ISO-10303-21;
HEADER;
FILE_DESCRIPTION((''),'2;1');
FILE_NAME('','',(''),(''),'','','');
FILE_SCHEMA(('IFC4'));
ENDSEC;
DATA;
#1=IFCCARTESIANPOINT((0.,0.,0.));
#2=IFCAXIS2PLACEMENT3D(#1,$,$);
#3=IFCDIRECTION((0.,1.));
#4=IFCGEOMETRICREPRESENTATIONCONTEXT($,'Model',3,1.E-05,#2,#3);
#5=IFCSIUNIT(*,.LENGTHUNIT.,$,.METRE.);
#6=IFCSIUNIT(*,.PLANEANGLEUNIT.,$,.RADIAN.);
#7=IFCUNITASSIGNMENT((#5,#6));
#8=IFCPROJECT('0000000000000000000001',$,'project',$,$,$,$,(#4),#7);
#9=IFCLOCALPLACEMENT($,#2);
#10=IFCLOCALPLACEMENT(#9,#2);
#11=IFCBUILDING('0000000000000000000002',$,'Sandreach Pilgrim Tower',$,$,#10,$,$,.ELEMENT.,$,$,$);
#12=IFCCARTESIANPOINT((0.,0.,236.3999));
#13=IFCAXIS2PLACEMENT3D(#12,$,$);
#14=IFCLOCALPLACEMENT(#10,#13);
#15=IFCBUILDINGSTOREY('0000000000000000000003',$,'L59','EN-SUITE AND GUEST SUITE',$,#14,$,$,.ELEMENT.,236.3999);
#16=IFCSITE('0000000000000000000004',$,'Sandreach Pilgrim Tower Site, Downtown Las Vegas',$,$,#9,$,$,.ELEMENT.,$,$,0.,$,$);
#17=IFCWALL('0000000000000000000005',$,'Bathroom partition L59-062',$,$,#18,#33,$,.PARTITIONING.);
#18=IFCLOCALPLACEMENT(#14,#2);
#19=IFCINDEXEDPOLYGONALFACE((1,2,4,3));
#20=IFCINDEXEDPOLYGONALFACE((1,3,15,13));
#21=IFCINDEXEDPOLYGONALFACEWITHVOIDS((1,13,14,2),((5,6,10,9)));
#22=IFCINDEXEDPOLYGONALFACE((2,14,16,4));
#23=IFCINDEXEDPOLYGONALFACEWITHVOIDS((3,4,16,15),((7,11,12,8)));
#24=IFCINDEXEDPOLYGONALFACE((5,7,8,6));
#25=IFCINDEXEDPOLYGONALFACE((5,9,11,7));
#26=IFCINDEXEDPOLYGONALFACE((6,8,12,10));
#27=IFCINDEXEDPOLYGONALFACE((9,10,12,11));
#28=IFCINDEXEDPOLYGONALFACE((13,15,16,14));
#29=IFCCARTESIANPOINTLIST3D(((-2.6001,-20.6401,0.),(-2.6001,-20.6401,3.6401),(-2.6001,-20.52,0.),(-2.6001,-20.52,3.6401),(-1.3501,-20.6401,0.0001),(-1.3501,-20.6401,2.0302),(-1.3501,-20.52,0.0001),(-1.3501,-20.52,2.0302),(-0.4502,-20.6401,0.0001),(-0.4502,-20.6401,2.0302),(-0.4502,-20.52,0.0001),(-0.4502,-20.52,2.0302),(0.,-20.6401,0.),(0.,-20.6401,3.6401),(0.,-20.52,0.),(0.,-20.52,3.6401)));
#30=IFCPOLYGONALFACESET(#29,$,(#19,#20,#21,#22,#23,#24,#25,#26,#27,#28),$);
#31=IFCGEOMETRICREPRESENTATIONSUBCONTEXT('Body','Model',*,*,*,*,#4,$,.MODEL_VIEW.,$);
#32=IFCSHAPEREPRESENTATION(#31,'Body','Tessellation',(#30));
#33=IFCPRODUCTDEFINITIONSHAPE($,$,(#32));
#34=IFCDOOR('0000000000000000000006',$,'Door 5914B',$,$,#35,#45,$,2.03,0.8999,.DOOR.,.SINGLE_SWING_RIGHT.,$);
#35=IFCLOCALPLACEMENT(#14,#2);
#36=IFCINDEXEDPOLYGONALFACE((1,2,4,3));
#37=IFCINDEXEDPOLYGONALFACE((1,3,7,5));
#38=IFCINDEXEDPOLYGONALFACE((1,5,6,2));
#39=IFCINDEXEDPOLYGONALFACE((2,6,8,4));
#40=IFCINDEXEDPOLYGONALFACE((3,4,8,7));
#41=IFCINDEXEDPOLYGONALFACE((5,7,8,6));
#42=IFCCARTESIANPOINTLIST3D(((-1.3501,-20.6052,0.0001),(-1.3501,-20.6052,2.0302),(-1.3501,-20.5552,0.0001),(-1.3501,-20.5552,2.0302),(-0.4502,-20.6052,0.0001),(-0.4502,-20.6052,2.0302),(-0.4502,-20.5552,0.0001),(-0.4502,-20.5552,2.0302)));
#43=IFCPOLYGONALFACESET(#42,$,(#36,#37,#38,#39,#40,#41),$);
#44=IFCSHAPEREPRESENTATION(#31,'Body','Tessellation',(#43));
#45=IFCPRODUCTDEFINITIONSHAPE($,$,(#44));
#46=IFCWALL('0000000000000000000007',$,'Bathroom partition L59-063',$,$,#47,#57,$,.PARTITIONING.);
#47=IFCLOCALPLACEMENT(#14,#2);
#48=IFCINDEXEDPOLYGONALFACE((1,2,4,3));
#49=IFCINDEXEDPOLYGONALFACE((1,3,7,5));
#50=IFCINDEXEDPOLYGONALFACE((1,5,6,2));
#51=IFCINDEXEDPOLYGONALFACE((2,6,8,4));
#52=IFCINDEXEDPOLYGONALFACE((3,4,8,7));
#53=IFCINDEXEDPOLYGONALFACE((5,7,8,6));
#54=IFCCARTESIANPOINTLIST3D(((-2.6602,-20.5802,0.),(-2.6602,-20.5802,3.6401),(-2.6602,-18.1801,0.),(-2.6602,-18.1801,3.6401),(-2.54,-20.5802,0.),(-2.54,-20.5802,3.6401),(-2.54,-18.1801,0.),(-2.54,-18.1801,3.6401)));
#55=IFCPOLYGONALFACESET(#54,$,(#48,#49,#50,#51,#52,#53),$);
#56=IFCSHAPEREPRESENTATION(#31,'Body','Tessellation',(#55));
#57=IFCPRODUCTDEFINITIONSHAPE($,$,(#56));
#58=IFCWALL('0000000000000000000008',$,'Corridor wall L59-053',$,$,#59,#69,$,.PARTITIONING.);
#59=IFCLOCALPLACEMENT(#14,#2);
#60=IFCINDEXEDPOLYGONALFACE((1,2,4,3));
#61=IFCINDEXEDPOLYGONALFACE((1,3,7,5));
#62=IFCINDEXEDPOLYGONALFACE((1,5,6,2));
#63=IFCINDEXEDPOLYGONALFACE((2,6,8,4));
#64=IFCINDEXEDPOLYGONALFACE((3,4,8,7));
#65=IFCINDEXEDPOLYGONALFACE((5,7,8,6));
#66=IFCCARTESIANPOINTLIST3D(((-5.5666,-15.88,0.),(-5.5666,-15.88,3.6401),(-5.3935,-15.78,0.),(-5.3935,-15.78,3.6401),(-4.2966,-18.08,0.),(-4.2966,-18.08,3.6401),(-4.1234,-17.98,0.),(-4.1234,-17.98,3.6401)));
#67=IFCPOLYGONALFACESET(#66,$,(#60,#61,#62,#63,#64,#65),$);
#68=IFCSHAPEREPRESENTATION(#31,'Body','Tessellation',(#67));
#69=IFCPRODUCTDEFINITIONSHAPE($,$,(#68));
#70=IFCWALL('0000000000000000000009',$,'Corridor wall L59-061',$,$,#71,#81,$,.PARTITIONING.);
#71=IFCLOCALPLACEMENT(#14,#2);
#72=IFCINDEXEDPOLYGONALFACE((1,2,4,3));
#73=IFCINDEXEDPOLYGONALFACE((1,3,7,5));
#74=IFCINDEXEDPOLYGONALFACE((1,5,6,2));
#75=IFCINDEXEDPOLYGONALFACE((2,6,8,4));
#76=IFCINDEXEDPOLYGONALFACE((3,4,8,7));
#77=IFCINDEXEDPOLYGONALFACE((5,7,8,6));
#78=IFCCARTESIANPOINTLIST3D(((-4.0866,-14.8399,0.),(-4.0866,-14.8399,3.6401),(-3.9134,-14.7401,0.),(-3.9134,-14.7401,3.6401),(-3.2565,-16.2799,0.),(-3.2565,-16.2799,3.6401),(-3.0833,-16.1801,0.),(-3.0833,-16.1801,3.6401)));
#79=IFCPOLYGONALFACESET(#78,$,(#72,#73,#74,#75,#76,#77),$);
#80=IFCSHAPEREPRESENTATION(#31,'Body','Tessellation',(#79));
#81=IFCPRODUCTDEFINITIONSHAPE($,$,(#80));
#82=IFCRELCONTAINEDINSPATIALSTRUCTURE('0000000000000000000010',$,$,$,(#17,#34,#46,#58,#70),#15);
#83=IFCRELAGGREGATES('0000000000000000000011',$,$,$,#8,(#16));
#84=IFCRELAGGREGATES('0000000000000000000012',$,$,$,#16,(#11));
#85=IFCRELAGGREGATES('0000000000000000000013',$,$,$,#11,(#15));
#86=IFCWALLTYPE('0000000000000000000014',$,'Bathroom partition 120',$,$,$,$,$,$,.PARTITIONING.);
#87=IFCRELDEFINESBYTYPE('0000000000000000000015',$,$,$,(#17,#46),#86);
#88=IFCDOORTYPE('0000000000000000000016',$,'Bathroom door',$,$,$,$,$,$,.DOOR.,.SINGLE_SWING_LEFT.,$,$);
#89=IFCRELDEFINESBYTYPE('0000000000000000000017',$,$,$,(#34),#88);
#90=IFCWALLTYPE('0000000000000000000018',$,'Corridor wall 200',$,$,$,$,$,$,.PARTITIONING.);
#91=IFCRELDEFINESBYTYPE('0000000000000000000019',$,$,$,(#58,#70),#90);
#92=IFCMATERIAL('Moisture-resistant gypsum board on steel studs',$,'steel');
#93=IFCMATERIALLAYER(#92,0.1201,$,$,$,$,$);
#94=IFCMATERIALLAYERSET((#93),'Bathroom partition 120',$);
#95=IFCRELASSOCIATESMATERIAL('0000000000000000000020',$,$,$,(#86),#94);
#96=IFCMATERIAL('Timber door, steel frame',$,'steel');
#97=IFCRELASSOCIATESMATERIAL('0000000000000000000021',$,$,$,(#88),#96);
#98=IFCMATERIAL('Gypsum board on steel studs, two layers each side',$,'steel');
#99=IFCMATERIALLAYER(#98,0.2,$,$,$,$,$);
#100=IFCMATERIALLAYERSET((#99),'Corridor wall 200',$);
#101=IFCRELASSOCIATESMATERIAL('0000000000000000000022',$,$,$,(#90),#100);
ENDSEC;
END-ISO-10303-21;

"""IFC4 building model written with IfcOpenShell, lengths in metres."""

from ifc_helpers import new_model, si_unit, direction, frame, frame_2d, origin, place, context, subcontext, project, spatial, rectangle, extrude, material, layer, layer_set, type_object, element, fill, save


model = new_model("IFC4")

# Units and contexts
model_context = context("Model", 3, precision=1e-05, world=origin(), true_north=direction((0.0, 1.0)))
body_context = subcontext(model_context, "Body", "Model", "MODEL_VIEW")
ifc_project = project(units=[si_unit("LENGTHUNIT", "METRE"), si_unit("PLANEANGLEUNIT", "RADIAN")], contexts=[model_context])

# Site, building, storey
site_placement = place(None, origin())
site = spatial("IfcSite", under=ifc_project, at=site_placement, Name="Sandreach Pilgrim Tower Site, Downtown Las Vegas", CompositionType="ELEMENT", RefElevation=0.0)
building_placement = place(site_placement, origin())
building = spatial("IfcBuilding", under=site, at=building_placement, Name="Sandreach Pilgrim Tower", CompositionType="ELEMENT")
storey_placement = place(building_placement, frame((0.0, 0.0, 236.3999)))
storey = spatial("IfcBuildingStorey", under=building, at=storey_placement, Name="L59", Description="EN-SUITE AND GUEST SUITE", CompositionType="ELEMENT", Elevation=236.3999)

# Shared definitions
ifc_material_1 = material(Name="Moisture-resistant gypsum board on steel studs", Category="steel")
ifc_layer_1 = layer(ifc_material_1, 0.1201)
ifc_layer_set_1 = layer_set([ifc_layer_1], Name="Bathroom partition 120")
wall_type_1 = type_object("IfcWallType", Name="Bathroom partition 120", PredefinedType="PARTITIONING", material=ifc_layer_set_1)
ifc_material_2 = material(Name="Timber door, steel frame", Category="steel")
door_type_1 = type_object("IfcDoorType", Name="Bathroom door", OperationType="SINGLE_SWING_LEFT", PredefinedType="DOOR", material=ifc_material_2)

# Wall, opening, door
wall_1_placement = place(storey_placement, frame((-2.6001, -20.5801, 0.0), z_axis=(0.0, 0.0, 1.0), x_axis=(1.0, 0.0, 0.0)))
wall_1 = element("IfcWall", 1, at=wall_1_placement, inside=storey, type_object=wall_type_1, Name="Bathroom partition L59-062", PredefinedType="PARTITIONING", context=body_context, shape_type="SweptSolid", body=[
    extrude(rectangle(XDim=2.6001, YDim=0.1201, at=frame_2d((1.3, 0.0))), origin(), (0.0, 0.0, 1.0), 3.6401),
])
opening_1_placement = place(wall_1_placement, frame((1.25, 0.0, 0.0)))
opening_1 = element("IfcOpeningElement", 2, at=opening_1_placement, cuts=wall_1, PredefinedType="OPENING", context=body_context, shape_type="SweptSolid", body=[
    extrude(rectangle(XDim=0.8999, YDim=2.03, at=frame_2d((0.45, 1.0151))), frame((0.0, 0.0601, 0.0), z_axis=(0.0, -1.0, 0.0), x_axis=(1.0, 0.0, 0.0)), (0.0, 0.0, 1.0), 0.1201),
])
door_1_placement = place(opening_1_placement, origin())
door_1 = element("IfcDoor", 3, at=door_1_placement, inside=storey, type_object=door_type_1, Name="Door 5914B", OperationType="SINGLE_SWING_RIGHT", OverallHeight=2.03, OverallWidth=0.8999, PredefinedType="DOOR", context=body_context, shape_type="SweptSolid", body=[
    extrude(rectangle(XDim=0.8999, YDim=2.03, at=frame_2d((0.45, 1.0151))), frame((0.0, 0.0249, 0.0), z_axis=(0.0, -1.0, 0.0), x_axis=(1.0, 0.0, 0.0)), (0.0, 0.0, 1.0), 0.05),
])
fill(opening_1, door_1)

# Wall
wall_2_placement = place(storey_placement, frame((-2.6001, -18.1799, 0.0), z_axis=(0.0, 0.0, 1.0), x_axis=(0.0, -1.0, 0.0)))
element("IfcWall", 4, at=wall_2_placement, inside=storey, type_object=wall_type_1, Name="Bathroom partition L59-063", PredefinedType="PARTITIONING", context=body_context, shape_type="SweptSolid", body=[
    extrude(rectangle(XDim=2.4001, YDim=0.1201, at=frame_2d((1.2002, 0.0))), origin(), (0.0, 0.0, 1.0), 3.6401),
])

# Shared definitions
ifc_material_3 = material(Name="Gypsum board on steel studs, two layers each side", Category="steel")
ifc_layer_2 = layer(ifc_material_3, 0.2)
ifc_layer_set_2 = layer_set([ifc_layer_2], Name="Corridor wall 200")
wall_type_2 = type_object("IfcWallType", Name="Corridor wall 200", PredefinedType="PARTITIONING", material=ifc_layer_set_2)

# Wall
wall_3_placement = place(storey_placement, frame((-5.48, -15.8301, 0.0), z_axis=(0.0, 0.0, 1.0), x_axis=(0.499964, -0.866046, 0.0)))
element("IfcWall", 5, at=wall_3_placement, inside=storey, type_object=wall_type_2, Name="Corridor wall L59-053", PredefinedType="PARTITIONING", context=body_context, shape_type="SweptSolid", body=[
    extrude(rectangle(XDim=2.5403, YDim=0.2, at=frame_2d((1.27, 0.0))), origin(), (0.0, 0.0, 1.0), 3.6401),
])

# Wall
wall_4_placement = place(storey_placement, frame((-3.1699, -16.23, 0.0), z_axis=(0.0, 0.0, 1.0), x_axis=(-0.499426, 0.866357, 0.0)))
element("IfcWall", 6, at=wall_4_placement, inside=storey, type_object=wall_type_2, Name="Corridor wall L59-061", PredefinedType="PARTITIONING", context=body_context, shape_type="SweptSolid", body=[
    extrude(rectangle(XDim=1.6621, YDim=0.2, at=frame_2d((0.8311, 0.0))), origin(), (0.0, 0.0, 1.0), 3.6401),
])

save(model, "model.ifc")
